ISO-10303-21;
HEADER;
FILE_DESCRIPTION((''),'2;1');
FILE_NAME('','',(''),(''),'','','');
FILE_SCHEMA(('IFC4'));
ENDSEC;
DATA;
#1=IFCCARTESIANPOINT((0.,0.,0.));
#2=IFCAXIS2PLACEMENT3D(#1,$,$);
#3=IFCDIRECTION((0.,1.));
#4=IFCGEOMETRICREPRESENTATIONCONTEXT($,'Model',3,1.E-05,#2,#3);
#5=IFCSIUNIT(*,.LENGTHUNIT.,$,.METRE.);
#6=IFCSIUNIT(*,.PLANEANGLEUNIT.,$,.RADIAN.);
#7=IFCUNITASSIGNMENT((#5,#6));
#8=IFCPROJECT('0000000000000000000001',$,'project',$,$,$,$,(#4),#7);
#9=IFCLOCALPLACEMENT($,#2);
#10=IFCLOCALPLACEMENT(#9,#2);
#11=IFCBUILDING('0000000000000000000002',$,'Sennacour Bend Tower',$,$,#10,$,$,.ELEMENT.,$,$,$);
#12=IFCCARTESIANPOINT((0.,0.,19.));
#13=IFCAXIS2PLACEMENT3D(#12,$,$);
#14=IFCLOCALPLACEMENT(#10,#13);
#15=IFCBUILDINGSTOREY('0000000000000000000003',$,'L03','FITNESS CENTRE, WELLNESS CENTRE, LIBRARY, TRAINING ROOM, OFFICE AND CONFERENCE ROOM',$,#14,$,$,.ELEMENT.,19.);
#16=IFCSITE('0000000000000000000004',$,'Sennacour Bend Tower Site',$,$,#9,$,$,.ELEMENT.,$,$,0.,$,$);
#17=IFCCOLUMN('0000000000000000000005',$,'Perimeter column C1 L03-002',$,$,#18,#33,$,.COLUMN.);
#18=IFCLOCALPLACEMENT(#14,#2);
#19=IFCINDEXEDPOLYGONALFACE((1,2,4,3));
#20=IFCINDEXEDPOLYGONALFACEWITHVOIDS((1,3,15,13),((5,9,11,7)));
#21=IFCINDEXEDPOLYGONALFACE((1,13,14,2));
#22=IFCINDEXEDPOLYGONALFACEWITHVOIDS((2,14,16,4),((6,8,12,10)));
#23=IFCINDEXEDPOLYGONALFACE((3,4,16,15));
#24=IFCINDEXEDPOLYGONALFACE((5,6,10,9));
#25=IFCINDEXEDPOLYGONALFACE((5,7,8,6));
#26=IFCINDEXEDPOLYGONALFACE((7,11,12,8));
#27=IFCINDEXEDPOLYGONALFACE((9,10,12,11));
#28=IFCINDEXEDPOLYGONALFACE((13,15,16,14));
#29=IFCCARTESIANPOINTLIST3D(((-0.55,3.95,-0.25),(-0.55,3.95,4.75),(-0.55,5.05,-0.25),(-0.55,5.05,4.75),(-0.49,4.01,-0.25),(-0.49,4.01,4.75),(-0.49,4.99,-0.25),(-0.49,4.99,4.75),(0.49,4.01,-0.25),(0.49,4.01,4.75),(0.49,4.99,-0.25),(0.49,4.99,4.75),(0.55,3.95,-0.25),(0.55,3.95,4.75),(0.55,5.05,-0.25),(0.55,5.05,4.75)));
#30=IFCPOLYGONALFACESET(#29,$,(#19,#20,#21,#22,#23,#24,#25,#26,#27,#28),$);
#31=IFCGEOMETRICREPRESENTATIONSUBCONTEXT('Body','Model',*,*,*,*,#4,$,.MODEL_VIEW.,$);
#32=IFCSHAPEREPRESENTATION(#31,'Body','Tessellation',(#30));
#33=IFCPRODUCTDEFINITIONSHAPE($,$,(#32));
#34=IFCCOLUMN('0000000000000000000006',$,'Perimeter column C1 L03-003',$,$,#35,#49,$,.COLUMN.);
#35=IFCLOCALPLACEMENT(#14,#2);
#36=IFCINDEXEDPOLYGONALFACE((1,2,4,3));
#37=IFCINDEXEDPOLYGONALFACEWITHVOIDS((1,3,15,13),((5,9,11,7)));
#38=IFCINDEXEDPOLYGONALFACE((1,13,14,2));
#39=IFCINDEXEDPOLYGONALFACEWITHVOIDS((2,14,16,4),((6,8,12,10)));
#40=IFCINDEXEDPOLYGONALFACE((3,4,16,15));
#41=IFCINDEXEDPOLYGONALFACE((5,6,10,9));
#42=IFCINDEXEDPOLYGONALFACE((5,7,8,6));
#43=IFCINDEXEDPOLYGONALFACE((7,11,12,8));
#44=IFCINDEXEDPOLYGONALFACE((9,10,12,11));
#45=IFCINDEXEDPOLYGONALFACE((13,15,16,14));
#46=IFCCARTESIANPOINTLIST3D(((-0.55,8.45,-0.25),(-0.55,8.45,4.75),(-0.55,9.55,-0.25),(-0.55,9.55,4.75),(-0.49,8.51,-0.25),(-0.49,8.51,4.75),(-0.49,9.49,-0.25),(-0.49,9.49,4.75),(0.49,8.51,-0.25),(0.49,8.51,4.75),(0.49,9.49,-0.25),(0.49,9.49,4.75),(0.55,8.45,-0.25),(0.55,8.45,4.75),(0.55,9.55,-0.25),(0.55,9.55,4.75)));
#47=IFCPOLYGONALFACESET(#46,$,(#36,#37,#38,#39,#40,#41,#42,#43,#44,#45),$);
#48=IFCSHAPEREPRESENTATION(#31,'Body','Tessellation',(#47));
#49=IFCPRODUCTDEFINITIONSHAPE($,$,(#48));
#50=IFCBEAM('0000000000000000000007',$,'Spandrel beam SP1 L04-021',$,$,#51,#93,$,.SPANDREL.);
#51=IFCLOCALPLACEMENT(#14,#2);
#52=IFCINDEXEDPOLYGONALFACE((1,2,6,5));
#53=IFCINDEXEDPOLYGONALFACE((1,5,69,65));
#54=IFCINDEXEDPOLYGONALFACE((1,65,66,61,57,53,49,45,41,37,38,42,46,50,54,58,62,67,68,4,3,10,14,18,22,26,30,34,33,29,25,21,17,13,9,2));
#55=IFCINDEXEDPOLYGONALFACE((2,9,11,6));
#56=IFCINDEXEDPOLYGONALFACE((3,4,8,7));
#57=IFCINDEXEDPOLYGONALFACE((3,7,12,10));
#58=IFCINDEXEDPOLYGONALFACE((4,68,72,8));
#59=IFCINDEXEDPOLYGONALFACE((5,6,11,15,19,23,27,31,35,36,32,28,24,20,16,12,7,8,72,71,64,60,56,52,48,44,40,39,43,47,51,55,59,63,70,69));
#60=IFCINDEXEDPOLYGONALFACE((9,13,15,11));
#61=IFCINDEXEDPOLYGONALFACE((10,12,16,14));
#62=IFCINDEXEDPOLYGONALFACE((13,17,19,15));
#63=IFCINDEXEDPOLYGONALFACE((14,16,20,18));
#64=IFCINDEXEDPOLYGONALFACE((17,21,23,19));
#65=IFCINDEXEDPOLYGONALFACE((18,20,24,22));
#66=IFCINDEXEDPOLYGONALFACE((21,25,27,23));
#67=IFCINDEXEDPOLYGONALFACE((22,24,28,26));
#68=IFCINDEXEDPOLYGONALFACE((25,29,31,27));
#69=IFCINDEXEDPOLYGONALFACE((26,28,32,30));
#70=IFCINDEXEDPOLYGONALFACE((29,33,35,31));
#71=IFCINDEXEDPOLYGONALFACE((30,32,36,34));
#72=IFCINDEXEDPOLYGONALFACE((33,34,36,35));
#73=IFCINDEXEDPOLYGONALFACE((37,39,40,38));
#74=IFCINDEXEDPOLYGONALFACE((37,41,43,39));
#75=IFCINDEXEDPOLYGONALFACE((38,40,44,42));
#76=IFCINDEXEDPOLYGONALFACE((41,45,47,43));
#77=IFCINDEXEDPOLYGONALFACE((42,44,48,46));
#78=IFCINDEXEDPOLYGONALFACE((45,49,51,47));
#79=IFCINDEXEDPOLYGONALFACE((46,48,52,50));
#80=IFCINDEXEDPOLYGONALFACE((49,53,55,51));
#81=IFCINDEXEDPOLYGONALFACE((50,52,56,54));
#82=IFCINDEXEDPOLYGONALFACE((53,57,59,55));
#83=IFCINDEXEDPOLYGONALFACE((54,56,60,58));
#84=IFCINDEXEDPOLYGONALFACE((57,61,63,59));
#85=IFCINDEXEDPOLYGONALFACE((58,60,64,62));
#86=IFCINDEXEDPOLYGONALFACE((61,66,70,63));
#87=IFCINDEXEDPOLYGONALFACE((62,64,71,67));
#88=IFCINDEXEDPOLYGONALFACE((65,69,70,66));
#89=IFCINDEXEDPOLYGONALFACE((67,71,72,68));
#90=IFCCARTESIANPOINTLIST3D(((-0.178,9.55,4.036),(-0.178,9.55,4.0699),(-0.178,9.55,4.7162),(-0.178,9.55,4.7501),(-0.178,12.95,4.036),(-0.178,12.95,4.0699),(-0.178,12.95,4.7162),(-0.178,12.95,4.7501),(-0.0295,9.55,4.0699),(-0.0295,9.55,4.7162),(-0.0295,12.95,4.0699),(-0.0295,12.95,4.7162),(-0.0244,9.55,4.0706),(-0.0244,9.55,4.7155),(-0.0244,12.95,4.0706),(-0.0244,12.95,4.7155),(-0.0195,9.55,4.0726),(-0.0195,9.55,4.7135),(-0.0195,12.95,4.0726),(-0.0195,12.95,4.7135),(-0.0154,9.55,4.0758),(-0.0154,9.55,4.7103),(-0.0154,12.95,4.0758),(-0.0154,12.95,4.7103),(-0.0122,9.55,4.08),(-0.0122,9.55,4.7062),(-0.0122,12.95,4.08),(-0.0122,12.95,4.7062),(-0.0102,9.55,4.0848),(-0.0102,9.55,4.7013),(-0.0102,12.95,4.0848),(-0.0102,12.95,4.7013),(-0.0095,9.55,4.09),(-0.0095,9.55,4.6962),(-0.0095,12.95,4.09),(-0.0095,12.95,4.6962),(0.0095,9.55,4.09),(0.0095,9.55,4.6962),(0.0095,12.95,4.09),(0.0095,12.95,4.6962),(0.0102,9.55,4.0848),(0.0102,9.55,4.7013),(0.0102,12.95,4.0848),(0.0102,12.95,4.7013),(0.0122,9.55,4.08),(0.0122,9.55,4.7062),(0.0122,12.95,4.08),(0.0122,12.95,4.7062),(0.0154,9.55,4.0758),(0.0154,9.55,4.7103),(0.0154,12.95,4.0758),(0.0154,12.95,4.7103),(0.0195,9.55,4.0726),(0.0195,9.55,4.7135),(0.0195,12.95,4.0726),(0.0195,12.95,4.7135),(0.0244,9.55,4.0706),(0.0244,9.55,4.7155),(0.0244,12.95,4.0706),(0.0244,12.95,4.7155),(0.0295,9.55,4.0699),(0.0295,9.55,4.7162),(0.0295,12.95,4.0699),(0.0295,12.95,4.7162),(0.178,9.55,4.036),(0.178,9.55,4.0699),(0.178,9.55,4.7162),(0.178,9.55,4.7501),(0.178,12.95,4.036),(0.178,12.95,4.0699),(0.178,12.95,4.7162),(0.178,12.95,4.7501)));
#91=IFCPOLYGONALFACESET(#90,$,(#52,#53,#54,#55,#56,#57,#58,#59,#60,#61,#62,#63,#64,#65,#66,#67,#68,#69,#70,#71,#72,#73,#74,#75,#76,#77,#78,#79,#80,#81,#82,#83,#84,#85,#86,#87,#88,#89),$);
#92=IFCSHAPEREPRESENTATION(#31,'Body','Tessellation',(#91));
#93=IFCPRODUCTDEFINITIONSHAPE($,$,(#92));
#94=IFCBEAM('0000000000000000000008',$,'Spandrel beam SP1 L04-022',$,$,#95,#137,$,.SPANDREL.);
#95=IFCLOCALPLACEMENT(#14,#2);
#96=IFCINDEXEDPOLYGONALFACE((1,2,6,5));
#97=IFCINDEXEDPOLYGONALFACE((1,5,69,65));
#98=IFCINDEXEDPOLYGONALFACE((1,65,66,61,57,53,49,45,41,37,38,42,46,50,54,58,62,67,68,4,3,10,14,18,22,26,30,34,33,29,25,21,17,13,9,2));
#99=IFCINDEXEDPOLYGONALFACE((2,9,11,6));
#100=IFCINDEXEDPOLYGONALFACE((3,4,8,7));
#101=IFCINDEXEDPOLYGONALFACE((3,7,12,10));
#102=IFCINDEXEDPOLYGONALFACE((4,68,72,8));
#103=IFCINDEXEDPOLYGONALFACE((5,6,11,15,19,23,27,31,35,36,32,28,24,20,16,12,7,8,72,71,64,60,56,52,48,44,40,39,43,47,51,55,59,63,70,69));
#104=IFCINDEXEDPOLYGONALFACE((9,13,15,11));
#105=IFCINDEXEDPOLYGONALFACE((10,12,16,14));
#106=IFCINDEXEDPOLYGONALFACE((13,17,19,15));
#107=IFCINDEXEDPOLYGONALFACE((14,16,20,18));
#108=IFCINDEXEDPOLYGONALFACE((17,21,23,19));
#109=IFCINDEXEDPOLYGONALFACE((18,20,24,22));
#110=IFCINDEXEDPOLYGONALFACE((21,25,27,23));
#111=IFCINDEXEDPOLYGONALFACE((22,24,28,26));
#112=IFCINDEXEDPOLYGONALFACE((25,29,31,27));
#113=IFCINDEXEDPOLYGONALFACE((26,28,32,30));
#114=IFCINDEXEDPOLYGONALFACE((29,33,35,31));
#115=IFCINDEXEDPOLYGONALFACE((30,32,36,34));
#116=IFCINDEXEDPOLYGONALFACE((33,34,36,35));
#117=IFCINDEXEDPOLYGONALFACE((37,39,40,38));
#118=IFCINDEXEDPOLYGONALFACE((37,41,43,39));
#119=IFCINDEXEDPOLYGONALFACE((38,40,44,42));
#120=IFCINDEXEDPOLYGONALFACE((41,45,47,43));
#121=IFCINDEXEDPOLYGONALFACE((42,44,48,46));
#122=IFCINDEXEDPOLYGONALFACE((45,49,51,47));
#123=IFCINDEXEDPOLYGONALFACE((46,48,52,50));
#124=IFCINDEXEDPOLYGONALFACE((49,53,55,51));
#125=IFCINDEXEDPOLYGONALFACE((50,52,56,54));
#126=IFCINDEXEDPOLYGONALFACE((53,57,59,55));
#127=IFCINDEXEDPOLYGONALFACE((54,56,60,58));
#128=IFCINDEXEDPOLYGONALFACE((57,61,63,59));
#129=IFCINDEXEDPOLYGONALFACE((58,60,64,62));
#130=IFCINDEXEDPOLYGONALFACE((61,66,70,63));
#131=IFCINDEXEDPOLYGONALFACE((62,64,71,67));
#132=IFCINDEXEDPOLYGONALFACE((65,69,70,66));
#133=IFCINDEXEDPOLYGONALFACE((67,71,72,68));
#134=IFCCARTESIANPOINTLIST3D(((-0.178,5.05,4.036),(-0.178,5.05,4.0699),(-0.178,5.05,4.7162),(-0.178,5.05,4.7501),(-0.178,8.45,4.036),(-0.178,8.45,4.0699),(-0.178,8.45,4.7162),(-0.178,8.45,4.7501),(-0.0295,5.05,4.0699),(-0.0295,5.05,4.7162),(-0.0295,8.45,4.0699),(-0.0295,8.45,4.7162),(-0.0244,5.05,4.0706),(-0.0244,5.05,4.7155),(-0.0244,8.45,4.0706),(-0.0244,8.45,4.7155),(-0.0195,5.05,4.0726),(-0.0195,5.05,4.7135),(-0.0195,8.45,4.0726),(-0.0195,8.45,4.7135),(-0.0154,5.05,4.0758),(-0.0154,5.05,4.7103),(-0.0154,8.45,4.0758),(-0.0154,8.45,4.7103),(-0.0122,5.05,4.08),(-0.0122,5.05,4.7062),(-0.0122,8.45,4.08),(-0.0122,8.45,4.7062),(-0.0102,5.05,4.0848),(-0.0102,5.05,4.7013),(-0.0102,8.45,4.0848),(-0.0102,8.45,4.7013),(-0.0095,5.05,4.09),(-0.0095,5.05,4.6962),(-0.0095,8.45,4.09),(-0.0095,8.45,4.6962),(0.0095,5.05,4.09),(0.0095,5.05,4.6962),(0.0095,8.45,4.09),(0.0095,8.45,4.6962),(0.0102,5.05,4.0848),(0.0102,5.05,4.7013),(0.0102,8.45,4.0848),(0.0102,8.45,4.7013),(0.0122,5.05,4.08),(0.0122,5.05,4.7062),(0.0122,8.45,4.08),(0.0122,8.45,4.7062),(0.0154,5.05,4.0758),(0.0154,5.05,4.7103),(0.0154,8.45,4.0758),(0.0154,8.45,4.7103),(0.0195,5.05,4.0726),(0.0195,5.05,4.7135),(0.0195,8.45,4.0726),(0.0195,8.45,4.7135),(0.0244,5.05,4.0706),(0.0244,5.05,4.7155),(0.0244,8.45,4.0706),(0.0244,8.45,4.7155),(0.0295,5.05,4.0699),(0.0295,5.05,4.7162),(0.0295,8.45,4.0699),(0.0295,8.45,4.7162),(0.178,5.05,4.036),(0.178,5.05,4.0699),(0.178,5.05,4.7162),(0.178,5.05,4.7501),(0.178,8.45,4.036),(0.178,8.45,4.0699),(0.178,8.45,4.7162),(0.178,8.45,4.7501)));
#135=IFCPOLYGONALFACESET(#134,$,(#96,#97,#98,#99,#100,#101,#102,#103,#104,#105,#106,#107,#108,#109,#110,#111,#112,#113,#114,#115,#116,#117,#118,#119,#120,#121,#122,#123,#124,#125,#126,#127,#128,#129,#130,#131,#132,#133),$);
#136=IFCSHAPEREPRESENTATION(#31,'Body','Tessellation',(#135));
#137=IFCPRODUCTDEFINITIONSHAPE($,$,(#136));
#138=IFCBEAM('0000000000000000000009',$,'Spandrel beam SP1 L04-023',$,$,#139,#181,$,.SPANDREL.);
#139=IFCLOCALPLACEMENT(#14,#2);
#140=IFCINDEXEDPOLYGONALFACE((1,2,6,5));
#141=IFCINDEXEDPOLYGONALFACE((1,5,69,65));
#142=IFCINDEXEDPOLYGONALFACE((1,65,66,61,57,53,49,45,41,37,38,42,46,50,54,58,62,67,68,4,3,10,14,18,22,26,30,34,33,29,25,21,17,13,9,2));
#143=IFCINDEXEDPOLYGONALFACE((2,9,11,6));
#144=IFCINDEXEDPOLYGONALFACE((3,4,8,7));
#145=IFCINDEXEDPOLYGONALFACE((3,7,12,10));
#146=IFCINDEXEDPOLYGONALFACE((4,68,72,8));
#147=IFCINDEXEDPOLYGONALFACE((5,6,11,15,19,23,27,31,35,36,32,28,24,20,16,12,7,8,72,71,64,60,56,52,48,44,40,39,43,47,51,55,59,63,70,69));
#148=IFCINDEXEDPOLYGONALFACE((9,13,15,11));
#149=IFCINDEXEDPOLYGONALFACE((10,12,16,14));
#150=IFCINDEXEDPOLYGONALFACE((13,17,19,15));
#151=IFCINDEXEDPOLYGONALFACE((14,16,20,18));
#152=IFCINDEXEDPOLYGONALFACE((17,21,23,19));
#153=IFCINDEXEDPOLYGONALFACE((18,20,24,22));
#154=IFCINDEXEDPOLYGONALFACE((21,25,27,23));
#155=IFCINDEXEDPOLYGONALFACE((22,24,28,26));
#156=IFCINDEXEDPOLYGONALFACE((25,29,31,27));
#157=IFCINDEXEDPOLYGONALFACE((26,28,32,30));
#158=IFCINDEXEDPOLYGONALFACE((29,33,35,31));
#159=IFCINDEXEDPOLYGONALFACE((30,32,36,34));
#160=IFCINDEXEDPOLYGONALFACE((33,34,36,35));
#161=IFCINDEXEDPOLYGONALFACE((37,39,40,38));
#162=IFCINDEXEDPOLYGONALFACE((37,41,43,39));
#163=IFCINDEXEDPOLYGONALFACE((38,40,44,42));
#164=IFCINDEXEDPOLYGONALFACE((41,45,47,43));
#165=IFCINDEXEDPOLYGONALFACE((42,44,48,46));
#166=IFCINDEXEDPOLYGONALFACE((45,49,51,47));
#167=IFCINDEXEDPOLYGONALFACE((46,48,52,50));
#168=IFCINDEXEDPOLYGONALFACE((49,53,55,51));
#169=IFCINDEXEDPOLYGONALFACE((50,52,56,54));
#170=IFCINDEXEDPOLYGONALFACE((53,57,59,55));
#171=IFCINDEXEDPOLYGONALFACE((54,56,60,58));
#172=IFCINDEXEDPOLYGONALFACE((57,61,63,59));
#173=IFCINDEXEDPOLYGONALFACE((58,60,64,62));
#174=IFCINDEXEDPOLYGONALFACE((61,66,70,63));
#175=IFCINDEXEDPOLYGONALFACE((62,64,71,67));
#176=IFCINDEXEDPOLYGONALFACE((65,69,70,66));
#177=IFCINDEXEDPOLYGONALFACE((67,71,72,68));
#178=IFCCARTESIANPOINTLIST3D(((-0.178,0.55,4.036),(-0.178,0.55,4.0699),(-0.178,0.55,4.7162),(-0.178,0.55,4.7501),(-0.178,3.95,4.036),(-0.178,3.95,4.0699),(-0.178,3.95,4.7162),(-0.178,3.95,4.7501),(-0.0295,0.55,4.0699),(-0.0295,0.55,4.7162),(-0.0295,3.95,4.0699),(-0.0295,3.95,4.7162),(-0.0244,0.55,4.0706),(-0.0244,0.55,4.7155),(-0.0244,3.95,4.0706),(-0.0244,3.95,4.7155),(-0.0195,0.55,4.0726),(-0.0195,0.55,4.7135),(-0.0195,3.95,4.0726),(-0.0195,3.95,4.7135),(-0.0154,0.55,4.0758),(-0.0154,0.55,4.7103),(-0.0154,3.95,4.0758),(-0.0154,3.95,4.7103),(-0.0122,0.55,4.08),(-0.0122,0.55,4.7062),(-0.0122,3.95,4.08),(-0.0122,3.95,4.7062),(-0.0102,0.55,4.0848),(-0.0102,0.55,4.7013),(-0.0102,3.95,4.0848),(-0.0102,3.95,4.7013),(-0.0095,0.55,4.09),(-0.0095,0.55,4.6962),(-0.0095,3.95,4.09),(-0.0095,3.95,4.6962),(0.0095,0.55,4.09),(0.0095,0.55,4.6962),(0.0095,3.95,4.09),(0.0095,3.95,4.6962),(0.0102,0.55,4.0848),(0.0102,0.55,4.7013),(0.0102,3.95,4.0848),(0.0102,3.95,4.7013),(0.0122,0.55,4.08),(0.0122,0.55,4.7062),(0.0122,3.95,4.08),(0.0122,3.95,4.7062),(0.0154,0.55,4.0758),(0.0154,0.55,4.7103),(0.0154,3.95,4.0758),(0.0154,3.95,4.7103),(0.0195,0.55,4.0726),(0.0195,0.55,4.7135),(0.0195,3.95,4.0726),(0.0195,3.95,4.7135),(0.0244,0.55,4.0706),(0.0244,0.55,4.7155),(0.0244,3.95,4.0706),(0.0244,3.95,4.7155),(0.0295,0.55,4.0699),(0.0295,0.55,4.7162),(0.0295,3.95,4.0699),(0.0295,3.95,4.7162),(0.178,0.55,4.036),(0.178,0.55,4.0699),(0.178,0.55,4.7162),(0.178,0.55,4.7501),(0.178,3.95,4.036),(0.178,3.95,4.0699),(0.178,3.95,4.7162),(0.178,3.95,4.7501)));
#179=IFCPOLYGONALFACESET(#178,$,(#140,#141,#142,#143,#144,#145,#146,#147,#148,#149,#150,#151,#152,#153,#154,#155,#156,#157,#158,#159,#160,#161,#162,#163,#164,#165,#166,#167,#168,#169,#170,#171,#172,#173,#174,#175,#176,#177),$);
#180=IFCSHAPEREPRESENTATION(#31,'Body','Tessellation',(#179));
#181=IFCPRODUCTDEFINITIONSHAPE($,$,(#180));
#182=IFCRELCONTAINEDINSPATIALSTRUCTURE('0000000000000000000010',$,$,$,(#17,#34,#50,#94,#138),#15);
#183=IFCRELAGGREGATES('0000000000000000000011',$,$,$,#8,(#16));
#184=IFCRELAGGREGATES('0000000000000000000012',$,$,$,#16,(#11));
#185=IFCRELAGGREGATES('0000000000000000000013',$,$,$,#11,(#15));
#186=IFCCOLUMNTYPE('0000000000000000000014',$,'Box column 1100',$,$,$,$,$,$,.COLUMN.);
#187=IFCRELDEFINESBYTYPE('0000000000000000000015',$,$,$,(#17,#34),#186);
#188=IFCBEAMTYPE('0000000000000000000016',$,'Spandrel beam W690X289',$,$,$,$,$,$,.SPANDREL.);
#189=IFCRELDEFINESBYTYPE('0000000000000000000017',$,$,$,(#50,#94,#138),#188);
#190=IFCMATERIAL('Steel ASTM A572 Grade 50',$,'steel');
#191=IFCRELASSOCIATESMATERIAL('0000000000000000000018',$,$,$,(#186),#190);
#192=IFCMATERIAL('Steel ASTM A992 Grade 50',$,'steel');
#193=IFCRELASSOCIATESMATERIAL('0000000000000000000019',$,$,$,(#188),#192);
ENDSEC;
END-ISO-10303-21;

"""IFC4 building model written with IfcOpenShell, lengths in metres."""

from ifc_helpers import new_model, si_unit, direction, frame, origin, origin_2d, place, context, subcontext, project, spatial, hollow_rectangle, i_section, extrude, material, material_profile, profile_set, type_object, element, save


model = new_model("IFC4")

# Units and contexts
model_context = context("Model", 3, precision=1e-05, world=origin(), true_north=direction((0.0, 1.0)))
body_context = subcontext(model_context, "Body", "Model", "MODEL_VIEW")
ifc_project = project(units=[si_unit("LENGTHUNIT", "METRE"), si_unit("PLANEANGLEUNIT", "RADIAN")], contexts=[model_context])

# Site, building, storey
site_placement = place(None, origin())
site = spatial("IfcSite", under=ifc_project, at=site_placement, Name="Sennacour Bend Tower Site", CompositionType="ELEMENT", RefElevation=0.0)
building_placement = place(site_placement, origin())
building = spatial("IfcBuilding", under=site, at=building_placement, Name="Sennacour Bend Tower", CompositionType="ELEMENT")
storey_placement = place(building_placement, frame((0.0, 0.0, 19.0)))
storey = spatial("IfcBuildingStorey", under=building, at=storey_placement, Name="L03", Description="FITNESS CENTRE, WELLNESS CENTRE, LIBRARY, TRAINING ROOM, OFFICE AND CONFERENCE ROOM", CompositionType="ELEMENT", Elevation=19.0)

# Columns
ifc_material_1 = material(Name="Steel ASTM A572 Grade 50", Category="steel")
ifc_material_profile_1 = material_profile(ifc_material_1, hollow_rectangle(XDim=1.1001, YDim=1.1001, WallThickness=0.0601, at=origin_2d()), Name="Steel ASTM A572 Grade 50", Category="steel")
ifc_profile_set_1 = profile_set([ifc_material_profile_1], Name="Steel ASTM A572 Grade 50")
column_type = type_object("IfcColumnType", Name="Box column 1100", PredefinedType="COLUMN", material=ifc_profile_set_1)
for number, where, z_axis, x_axis, name in (
    (1, (0.0, 4.5, -0.25), (0.0, 0.0, 1.0), (1.0, 0.0, 0.0), "Perimeter column C1 L03-002"),
    (2, (0.0, 9.0, -0.25), (0.0, 0.0, 1.0), (1.0, 0.0, 0.0), "Perimeter column C1 L03-003"),
):
    element("IfcColumn", number, at=place(storey_placement, frame(where, z_axis=z_axis, x_axis=x_axis)), inside=storey, type_object=column_type, Name=name, PredefinedType="COLUMN", context=body_context, shape_type="SweptSolid", body=[
        extrude(hollow_rectangle(XDim=1.1001, YDim=1.1001, WallThickness=0.0601, at=origin_2d()), origin(), (0.0, 0.0, 1.0), 5.0),
    ])

# Beams
ifc_material_2 = material(Name="Steel ASTM A992 Grade 50", Category="steel")
ifc_material_profile_2 = material_profile(ifc_material_2, i_section(OverallWidth=0.356, OverallDepth=0.7141, WebThickness=0.019, FlangeThickness=0.0339, FilletRadius=0.02, at=origin_2d()), Name="Steel ASTM A992 Grade 50", Category="steel")
ifc_profile_set_2 = profile_set([ifc_material_profile_2], Name="Steel ASTM A992 Grade 50")
beam_type = type_object("IfcBeamType", Name="Spandrel beam W690X289", PredefinedType="SPANDREL", material=ifc_profile_set_2)
for number, where, z_axis, x_axis, name in (
    (3, (0.0, 12.95, 4.3931), (0.0, -1.0, 0.0), (1.0, 0.0, 0.0), "Spandrel beam SP1 L04-021"),
    (4, (0.0, 8.45, 4.3931), (0.0, -1.0, 0.0), (1.0, 0.0, 0.0), "Spandrel beam SP1 L04-022"),
    (5, (0.0, 3.95, 4.3931), (0.0, -1.0, 0.0), (1.0, 0.0, 0.0), "Spandrel beam SP1 L04-023"),
):
    element("IfcBeam", number, at=place(storey_placement, frame(where, z_axis=z_axis, x_axis=x_axis)), inside=storey, type_object=beam_type, Name=name, PredefinedType="SPANDREL", context=body_context, shape_type="SweptSolid", body=[
        extrude(i_section(OverallWidth=0.356, OverallDepth=0.7141, WebThickness=0.019, FlangeThickness=0.0339, FilletRadius=0.02, at=origin_2d()), origin(), (0.0, 0.0, 1.0), 3.3999),
    ])

save(model, "model.ifc")
